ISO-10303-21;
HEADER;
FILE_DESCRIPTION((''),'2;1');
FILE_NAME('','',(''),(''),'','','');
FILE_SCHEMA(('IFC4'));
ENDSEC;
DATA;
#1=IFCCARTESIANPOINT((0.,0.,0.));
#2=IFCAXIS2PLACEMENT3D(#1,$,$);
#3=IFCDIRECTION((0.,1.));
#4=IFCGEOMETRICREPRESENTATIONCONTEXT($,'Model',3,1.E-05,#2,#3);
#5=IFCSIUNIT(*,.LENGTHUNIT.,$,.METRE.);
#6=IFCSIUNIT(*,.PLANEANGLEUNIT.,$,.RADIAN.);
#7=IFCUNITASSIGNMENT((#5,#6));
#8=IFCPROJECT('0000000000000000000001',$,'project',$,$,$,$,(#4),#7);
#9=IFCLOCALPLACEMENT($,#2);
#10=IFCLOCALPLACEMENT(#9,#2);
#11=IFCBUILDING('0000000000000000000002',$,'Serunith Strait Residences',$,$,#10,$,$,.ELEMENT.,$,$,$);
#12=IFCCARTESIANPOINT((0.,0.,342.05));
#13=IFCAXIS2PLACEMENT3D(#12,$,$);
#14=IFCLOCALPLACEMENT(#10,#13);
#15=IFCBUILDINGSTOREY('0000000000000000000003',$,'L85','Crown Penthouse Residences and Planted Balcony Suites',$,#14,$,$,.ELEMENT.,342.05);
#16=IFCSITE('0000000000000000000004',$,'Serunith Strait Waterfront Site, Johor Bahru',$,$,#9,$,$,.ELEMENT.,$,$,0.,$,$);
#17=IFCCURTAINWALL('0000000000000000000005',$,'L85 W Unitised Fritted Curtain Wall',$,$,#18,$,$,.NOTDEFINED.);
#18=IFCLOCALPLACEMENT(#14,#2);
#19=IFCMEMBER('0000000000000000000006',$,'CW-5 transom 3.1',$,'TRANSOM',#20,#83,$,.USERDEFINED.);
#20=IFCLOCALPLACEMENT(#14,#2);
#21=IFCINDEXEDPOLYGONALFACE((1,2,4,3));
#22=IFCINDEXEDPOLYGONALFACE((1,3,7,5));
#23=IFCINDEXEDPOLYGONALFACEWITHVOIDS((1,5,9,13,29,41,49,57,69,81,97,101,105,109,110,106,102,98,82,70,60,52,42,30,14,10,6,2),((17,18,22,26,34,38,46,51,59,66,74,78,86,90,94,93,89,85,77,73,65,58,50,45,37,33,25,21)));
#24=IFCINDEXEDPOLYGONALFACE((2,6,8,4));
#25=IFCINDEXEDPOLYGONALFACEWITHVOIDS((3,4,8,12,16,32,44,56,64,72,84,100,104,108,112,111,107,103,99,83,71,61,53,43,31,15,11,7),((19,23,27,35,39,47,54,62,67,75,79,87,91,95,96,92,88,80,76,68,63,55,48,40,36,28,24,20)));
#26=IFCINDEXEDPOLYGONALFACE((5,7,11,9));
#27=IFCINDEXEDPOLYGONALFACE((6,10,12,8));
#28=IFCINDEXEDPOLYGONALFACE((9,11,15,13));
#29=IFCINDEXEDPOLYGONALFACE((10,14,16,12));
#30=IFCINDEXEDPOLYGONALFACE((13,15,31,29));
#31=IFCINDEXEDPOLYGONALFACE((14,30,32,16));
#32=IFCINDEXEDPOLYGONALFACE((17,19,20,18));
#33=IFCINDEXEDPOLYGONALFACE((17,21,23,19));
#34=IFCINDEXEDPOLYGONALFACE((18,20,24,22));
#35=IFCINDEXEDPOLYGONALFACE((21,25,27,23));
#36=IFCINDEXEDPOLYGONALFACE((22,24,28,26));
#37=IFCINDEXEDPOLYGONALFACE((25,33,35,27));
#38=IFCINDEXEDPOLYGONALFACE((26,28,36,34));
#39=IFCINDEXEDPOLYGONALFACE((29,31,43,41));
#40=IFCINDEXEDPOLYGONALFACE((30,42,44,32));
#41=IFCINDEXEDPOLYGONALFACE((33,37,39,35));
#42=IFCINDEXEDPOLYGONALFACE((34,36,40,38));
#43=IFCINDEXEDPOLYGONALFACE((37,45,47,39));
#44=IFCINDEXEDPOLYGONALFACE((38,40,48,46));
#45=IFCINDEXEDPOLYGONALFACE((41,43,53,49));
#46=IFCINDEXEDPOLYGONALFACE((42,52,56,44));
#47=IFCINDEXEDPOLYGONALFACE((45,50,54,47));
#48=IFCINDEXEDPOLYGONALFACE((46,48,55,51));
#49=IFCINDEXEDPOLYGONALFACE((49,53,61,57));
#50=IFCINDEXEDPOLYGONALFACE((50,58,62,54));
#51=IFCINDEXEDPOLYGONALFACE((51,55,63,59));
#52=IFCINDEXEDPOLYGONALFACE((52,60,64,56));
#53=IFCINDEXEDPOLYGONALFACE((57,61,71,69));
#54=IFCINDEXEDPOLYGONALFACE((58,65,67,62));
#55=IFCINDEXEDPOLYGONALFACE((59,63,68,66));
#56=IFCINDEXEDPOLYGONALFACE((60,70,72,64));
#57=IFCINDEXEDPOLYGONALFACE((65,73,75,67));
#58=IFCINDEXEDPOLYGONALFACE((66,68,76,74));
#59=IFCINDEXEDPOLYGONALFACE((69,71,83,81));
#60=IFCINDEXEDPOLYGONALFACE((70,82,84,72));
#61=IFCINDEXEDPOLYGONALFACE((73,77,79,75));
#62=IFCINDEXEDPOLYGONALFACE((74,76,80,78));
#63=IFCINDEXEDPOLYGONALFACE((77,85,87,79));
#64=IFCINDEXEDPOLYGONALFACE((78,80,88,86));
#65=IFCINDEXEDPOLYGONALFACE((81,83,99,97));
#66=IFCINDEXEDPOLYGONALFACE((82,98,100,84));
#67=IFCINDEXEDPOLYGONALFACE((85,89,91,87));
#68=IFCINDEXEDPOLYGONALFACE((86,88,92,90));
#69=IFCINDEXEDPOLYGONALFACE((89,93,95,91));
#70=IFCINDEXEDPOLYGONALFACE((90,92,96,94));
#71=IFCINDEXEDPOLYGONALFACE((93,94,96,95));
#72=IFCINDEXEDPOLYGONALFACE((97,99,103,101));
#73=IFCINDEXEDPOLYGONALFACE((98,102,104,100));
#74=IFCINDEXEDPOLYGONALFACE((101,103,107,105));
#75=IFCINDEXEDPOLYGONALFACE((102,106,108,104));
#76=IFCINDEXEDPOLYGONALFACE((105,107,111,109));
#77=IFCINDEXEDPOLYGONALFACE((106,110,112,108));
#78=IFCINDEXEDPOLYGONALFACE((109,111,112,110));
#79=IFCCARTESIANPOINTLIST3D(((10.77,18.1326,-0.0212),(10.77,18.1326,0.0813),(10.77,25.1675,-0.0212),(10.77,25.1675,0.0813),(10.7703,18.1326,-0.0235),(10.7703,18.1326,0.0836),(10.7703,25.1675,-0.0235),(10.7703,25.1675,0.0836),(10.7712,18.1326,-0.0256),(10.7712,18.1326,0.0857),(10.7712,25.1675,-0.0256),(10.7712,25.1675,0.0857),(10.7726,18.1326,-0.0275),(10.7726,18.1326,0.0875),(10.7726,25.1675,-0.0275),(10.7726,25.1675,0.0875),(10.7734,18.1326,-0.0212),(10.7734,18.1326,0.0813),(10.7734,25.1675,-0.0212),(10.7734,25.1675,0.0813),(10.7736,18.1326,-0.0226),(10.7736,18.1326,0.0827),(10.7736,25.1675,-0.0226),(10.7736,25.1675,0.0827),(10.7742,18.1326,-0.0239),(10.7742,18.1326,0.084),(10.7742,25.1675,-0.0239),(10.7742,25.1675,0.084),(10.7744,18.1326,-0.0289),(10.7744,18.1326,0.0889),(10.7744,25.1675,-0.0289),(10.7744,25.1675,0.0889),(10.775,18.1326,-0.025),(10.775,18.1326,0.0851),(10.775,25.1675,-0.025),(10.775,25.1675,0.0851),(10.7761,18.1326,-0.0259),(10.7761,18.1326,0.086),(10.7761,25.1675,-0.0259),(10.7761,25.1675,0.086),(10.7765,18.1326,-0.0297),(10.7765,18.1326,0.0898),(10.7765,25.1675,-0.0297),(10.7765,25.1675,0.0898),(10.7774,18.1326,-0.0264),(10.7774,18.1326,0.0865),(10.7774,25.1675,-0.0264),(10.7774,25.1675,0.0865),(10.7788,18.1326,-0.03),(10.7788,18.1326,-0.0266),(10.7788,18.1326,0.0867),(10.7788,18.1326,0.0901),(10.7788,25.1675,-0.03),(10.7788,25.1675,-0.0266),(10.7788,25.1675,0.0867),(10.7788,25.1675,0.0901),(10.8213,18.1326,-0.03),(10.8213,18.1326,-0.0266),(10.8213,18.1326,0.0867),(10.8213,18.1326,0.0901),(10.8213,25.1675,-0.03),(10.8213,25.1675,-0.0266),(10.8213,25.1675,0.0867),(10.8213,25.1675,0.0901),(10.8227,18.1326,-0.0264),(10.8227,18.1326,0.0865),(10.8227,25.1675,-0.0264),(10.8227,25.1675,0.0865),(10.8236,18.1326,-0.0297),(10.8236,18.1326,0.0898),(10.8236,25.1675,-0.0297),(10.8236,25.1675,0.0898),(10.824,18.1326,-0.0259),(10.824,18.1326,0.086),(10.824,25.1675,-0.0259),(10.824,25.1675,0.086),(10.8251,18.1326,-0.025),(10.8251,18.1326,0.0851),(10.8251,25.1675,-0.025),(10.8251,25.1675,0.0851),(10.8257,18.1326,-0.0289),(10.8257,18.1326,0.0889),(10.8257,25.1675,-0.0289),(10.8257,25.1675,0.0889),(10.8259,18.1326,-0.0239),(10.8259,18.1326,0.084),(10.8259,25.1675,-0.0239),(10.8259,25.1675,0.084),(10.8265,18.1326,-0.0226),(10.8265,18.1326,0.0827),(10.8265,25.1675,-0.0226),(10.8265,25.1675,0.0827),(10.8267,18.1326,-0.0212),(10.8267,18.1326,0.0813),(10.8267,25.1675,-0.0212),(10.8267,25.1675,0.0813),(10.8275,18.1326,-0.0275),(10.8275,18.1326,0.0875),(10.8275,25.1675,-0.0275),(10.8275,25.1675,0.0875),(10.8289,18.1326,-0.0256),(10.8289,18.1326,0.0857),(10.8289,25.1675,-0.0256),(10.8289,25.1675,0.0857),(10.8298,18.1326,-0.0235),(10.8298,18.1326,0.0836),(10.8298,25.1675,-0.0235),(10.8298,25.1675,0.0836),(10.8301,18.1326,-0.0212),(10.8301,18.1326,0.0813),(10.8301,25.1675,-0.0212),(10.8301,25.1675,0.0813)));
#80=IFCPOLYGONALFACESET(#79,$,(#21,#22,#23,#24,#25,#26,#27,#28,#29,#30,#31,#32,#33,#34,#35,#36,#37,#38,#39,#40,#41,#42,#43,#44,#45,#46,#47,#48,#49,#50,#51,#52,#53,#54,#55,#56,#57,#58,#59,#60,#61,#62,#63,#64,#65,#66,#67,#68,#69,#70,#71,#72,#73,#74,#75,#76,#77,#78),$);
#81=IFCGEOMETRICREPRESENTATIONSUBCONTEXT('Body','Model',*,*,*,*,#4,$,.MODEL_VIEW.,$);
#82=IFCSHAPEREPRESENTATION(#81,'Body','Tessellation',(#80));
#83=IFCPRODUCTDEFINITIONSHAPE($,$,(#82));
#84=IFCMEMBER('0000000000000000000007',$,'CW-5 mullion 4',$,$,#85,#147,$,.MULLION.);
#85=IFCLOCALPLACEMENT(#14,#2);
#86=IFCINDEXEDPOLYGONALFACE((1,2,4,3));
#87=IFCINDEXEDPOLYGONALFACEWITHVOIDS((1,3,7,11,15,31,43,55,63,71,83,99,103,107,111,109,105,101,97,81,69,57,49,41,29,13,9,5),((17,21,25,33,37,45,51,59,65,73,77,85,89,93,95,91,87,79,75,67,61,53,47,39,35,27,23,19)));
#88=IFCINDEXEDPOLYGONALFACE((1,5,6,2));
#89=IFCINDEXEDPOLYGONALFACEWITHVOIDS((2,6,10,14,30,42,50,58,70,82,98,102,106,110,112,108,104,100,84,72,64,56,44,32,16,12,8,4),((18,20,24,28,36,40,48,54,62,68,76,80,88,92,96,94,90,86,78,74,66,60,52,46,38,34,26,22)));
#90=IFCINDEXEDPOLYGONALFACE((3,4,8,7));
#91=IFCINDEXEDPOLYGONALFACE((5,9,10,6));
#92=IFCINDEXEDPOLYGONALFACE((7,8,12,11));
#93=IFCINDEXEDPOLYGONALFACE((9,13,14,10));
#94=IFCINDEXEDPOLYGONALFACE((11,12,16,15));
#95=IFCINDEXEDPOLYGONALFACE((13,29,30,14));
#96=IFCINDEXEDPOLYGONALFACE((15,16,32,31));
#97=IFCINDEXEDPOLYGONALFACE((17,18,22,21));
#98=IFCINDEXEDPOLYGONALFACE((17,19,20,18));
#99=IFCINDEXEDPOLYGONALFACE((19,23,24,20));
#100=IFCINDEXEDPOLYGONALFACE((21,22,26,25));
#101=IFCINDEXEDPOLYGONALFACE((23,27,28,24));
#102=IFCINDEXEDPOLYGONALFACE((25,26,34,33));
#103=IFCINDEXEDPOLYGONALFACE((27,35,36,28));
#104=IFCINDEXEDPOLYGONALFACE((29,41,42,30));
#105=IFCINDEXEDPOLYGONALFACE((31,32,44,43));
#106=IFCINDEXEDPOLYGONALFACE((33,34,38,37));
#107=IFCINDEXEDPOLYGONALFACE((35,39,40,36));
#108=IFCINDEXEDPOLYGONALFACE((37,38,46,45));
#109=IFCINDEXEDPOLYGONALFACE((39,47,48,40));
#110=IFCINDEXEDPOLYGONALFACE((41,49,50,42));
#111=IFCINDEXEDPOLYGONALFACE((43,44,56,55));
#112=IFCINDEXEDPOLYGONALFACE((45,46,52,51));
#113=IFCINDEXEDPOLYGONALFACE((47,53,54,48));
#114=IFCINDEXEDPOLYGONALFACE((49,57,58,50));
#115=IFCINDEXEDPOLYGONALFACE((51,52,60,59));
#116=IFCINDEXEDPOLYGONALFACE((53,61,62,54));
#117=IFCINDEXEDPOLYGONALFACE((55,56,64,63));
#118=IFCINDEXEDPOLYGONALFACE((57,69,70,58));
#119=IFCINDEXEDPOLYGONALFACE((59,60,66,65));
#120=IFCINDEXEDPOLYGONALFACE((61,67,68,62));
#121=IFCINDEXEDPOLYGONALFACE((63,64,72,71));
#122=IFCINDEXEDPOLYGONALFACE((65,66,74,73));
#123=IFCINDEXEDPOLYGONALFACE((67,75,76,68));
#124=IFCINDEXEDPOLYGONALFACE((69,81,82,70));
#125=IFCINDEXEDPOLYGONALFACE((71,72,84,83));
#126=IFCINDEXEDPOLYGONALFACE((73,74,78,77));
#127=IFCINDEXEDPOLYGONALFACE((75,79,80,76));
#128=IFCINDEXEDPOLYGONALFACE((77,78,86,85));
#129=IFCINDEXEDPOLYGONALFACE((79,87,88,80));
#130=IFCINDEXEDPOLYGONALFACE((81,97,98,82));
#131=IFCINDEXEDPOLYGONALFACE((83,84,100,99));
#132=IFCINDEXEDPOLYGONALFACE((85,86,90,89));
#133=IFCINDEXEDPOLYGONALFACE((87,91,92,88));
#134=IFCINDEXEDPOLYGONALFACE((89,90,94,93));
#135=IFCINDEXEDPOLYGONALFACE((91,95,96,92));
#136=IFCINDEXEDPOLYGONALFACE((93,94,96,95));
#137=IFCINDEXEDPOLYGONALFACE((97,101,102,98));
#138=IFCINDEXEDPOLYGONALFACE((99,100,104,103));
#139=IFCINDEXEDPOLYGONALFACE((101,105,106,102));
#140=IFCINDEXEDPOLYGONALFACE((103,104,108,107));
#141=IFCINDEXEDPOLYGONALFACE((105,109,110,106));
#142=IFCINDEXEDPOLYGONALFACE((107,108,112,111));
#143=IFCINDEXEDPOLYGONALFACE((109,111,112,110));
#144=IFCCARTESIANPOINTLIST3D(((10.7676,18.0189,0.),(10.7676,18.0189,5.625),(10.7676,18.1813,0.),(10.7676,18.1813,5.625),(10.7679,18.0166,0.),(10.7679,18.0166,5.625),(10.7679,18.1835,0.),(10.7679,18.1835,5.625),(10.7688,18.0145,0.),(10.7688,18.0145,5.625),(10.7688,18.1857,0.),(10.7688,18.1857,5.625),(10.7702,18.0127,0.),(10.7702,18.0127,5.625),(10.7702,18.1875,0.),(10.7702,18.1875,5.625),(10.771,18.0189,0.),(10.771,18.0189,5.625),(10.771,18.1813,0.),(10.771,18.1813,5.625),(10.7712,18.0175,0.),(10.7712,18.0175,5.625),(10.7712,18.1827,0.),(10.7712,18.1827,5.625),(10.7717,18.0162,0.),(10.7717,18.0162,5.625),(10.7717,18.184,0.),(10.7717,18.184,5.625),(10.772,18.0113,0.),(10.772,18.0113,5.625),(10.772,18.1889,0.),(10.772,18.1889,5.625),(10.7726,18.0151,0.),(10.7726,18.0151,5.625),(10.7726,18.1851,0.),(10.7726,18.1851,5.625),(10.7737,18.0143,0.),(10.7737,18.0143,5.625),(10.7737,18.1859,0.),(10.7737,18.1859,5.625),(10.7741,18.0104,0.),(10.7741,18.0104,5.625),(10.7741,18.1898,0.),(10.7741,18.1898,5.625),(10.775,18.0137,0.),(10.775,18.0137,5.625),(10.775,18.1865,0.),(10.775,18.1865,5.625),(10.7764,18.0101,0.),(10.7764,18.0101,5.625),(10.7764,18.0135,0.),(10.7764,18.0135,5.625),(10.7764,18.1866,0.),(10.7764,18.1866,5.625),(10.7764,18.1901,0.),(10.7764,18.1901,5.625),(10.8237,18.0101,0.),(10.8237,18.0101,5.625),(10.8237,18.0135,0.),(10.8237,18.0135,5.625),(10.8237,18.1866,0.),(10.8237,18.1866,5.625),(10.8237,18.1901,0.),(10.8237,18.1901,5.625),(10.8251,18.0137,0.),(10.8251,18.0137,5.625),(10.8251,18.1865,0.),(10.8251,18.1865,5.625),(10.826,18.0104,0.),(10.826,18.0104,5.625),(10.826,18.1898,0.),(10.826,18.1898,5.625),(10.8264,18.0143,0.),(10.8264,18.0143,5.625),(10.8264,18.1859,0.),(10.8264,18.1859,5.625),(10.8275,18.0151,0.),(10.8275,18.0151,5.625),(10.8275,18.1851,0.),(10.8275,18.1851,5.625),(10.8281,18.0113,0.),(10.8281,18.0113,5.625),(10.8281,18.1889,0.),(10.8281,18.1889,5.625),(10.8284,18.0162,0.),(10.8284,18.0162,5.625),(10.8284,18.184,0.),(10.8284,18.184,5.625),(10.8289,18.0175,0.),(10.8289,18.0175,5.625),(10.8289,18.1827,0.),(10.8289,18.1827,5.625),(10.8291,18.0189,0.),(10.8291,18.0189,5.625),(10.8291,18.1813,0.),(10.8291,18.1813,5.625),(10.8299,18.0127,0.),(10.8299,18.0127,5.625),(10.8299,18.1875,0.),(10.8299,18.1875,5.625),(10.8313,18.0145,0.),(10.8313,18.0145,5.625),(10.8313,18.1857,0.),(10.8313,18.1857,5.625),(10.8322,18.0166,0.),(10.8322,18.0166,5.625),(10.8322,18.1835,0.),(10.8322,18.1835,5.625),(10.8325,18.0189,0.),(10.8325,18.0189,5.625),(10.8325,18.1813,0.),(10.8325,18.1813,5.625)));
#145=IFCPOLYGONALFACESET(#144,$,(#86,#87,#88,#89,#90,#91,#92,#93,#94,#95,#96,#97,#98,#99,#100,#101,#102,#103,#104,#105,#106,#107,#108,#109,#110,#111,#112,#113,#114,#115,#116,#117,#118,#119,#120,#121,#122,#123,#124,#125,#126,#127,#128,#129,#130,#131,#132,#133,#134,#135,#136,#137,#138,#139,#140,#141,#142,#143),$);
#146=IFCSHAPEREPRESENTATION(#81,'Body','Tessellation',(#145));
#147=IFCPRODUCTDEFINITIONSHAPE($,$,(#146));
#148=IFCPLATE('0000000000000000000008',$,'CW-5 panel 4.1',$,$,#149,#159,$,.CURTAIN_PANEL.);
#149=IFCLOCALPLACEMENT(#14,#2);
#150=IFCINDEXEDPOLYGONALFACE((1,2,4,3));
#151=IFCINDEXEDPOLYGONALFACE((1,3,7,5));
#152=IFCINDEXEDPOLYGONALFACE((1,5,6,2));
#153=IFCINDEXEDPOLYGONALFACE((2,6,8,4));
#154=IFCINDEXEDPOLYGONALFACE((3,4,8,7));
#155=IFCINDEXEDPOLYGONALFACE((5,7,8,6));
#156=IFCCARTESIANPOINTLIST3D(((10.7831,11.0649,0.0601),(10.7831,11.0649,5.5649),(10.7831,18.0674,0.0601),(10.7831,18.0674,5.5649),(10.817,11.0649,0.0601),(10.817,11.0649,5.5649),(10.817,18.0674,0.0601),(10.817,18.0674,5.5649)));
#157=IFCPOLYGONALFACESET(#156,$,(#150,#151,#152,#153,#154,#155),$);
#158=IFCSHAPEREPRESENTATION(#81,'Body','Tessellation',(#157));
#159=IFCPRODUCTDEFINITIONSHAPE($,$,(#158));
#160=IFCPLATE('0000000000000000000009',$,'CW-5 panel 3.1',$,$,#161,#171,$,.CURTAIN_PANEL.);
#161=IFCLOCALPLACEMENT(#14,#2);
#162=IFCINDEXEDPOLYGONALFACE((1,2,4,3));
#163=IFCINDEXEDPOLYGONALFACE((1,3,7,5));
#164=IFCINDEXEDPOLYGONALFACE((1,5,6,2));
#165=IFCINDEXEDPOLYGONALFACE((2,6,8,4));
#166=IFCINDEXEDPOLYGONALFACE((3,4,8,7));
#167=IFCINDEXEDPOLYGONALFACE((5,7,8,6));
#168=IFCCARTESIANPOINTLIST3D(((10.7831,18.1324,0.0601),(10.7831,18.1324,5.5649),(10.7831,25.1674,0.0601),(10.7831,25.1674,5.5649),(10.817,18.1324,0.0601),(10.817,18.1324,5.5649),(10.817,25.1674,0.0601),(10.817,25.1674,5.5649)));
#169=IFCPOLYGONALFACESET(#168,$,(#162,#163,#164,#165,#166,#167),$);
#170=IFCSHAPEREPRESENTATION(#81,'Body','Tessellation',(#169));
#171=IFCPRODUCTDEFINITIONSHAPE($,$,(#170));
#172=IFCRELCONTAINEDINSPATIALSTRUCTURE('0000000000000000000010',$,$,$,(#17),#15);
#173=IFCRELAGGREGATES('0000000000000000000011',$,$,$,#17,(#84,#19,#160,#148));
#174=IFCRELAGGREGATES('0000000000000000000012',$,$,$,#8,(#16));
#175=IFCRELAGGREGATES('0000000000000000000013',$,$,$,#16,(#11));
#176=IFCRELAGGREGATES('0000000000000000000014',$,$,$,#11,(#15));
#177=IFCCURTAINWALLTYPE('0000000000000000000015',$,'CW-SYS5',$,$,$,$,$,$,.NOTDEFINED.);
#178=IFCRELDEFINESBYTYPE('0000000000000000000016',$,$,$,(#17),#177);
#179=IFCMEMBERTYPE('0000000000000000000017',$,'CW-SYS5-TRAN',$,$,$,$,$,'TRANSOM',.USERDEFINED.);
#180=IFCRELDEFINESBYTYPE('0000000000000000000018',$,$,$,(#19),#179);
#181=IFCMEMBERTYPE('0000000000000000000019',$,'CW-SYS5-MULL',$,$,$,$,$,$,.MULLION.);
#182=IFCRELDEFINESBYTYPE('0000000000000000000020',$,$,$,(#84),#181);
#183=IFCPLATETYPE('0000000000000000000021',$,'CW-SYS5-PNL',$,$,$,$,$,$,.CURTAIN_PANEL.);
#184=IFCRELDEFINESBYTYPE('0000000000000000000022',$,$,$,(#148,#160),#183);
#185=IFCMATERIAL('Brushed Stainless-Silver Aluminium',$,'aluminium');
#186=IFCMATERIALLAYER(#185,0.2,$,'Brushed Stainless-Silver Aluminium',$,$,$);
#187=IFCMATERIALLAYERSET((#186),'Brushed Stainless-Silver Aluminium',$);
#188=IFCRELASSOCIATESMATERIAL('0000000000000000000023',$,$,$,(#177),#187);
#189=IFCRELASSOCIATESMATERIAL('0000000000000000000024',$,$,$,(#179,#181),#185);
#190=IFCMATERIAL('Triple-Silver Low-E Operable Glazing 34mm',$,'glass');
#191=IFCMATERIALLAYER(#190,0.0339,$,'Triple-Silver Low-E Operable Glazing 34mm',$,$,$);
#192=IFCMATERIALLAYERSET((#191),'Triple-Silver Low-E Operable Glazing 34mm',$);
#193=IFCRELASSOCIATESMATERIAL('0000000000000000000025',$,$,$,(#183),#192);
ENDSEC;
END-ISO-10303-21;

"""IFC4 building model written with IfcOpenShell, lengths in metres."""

from ifc_helpers import new_model, si_unit, direction, frame, origin, origin_2d, place, context, subcontext, project, spatial, rectangle, hollow_rectangle, extrude, source, transform, mapped, material, layer, layer_set, material_profile, profile_set, type_object, element, aggregate, save


model = new_model("IFC4")

# Units and contexts
model_context = context("Model", 3, precision=1e-05, world=origin(), true_north=direction((0.0, 1.0)))
body_context = subcontext(model_context, "Body", "Model", "MODEL_VIEW")
ifc_project = project(units=[si_unit("LENGTHUNIT", "METRE"), si_unit("PLANEANGLEUNIT", "RADIAN")], contexts=[model_context])

# Site, building, storey
site_placement = place(None, origin())
site = spatial("IfcSite", under=ifc_project, at=site_placement, Name="Serunith Strait Waterfront Site, Johor Bahru", CompositionType="ELEMENT", RefElevation=0.0)
building_placement = place(site_placement, origin())
building = spatial("IfcBuilding", under=site, at=building_placement, Name="Serunith Strait Residences", CompositionType="ELEMENT")
storey_placement = place(building_placement, frame((0.0, 0.0, 342.05)))
storey = spatial("IfcBuildingStorey", under=building, at=storey_placement, Name="L85", Description="Crown Penthouse Residences and Planted Balcony Suites", CompositionType="ELEMENT", Elevation=342.05)

# Curtain wall, members, plates
ifc_material_1 = material(Name="Brushed Stainless-Silver Aluminium", Category="aluminium")
ifc_layer_1 = layer(ifc_material_1, 0.2, Name="Brushed Stainless-Silver Aluminium")
ifc_layer_set_1 = layer_set([ifc_layer_1], Name="Brushed Stainless-Silver Aluminium")
curtain_wall_type = type_object("IfcCurtainWallType", Name="CW-SYS5", PredefinedType="NOTDEFINED", material=ifc_layer_set_1)
curtain_wall_placement = place(storey_placement, origin())
curtain_wall = element("IfcCurtainWall", 1, at=curtain_wall_placement, inside=storey, type_object=curtain_wall_type, Name="L85 W Unitised Fritted Curtain Wall", PredefinedType="NOTDEFINED")
ifc_material_profile_1 = material_profile(ifc_material_1, hollow_rectangle(XDim=0.0601, YDim=0.1201, WallThickness=0.0034, InnerFilletRadius=0.0054, OuterFilletRadius=0.0088, at=origin_2d()), Name="ALU 120x60x3.5")
ifc_profile_set_1 = profile_set([ifc_material_profile_1], Name="Brushed Stainless-Silver Aluminium")
member_type_1 = type_object("IfcMemberType", Name="CW-SYS5-TRAN", ElementType="TRANSOM", PredefinedType="USERDEFINED", material=ifc_profile_set_1)
shared_shape_1 = source(origin(), body_context, "Body", "SweptSolid", [
    extrude(hollow_rectangle(XDim=0.0601, YDim=0.1201, WallThickness=0.0034, InnerFilletRadius=0.0054, OuterFilletRadius=0.0088, at=origin_2d()), origin(), (0.0, 0.0, 1.0), 7.0349),
])
member_1_placement = place(storey_placement, frame((10.8, 25.1675, 0.03), z_axis=(0.0, -1.0, 0.0), x_axis=(1.0, 0.0, 0.0)))
member_1 = element("IfcMember", 2, at=member_1_placement, type_object=member_type_1, Name="CW-5 transom 3.1", ObjectType="TRANSOM", PredefinedType="USERDEFINED", context=body_context, shape_type="MappedRepresentation", body=[
    mapped(shared_shape_1, transform((0.0, 0.0, 0.0), scale=1.0)),
])
ifc_material_profile_2 = material_profile(ifc_material_1, hollow_rectangle(XDim=0.0649, YDim=0.1799, WallThickness=0.0034, InnerFilletRadius=0.0054, OuterFilletRadius=0.0088, at=origin_2d()), Name="ALU 180x65x3.5")
ifc_profile_set_2 = profile_set([ifc_material_profile_2], Name="Brushed Stainless-Silver Aluminium")
member_type_2 = type_object("IfcMemberType", Name="CW-SYS5-MULL", PredefinedType="MULLION", material=ifc_profile_set_2)
shared_shape_2 = source(origin(), body_context, "Body", "SweptSolid", [
    extrude(hollow_rectangle(XDim=0.0649, YDim=0.1799, WallThickness=0.0034, InnerFilletRadius=0.0054, OuterFilletRadius=0.0088, at=origin_2d()), origin(), (0.0, 0.0, 1.0), 5.625),
])
member_2_placement = place(storey_placement, frame((10.8, 18.1001, 0.0), z_axis=(0.0, 0.0, 1.0), x_axis=(1.0, 0.0, 0.0)))
member_2 = element("IfcMember", 3, at=member_2_placement, type_object=member_type_2, Name="CW-5 mullion 4", PredefinedType="MULLION", context=body_context, shape_type="MappedRepresentation", body=[
    mapped(shared_shape_2, transform((0.0, 0.0, 0.0), scale=1.0)),
])
ifc_material_2 = material(Name="Triple-Silver Low-E Operable Glazing 34mm", Category="glass")
ifc_layer_2 = layer(ifc_material_2, 0.0339, Name="Triple-Silver Low-E Operable Glazing 34mm")
ifc_layer_set_2 = layer_set([ifc_layer_2], Name="Triple-Silver Low-E Operable Glazing 34mm")
plate_type = type_object("IfcPlateType", Name="CW-SYS5-PNL", PredefinedType="CURTAIN_PANEL", material=ifc_layer_set_2)
shared_shape_3 = source(origin(), body_context, "Body", "SweptSolid", [
    extrude(rectangle(XDim=7.0024, YDim=0.0339, at=origin_2d()), origin(), (0.0, 0.0, 1.0), 5.5049),
])
plate_1_placement = place(storey_placement, frame((10.8, 14.5662, 0.0601), z_axis=(0.0, 0.0, 1.0), x_axis=(0.0, -1.0, 0.0)))
plate_1 = element("IfcPlate", 4, at=plate_1_placement, type_object=plate_type, Name="CW-5 panel 4.1", PredefinedType="CURTAIN_PANEL", context=body_context, shape_type="MappedRepresentation", body=[
    mapped(shared_shape_3, transform((0.0, 0.0, 0.0), scale=1.0)),
])
shared_shape_4 = source(origin(), body_context, "Body", "SweptSolid", [
    extrude(rectangle(XDim=7.0349, YDim=0.0339, at=origin_2d()), origin(), (0.0, 0.0, 1.0), 5.5049),
])
plate_2_placement = place(storey_placement, frame((10.8, 21.6499, 0.0601), z_axis=(0.0, 0.0, 1.0), x_axis=(0.0, -1.0, 0.0)))
plate_2 = element("IfcPlate", 5, at=plate_2_placement, type_object=plate_type, Name="CW-5 panel 3.1", PredefinedType="CURTAIN_PANEL", context=body_context, shape_type="MappedRepresentation", body=[
    mapped(shared_shape_4, transform((0.0, 0.0, 0.0), scale=1.0)),
])
aggregate(curtain_wall, [member_2, member_1, plate_2, plate_1])

save(model, "model.ifc")
